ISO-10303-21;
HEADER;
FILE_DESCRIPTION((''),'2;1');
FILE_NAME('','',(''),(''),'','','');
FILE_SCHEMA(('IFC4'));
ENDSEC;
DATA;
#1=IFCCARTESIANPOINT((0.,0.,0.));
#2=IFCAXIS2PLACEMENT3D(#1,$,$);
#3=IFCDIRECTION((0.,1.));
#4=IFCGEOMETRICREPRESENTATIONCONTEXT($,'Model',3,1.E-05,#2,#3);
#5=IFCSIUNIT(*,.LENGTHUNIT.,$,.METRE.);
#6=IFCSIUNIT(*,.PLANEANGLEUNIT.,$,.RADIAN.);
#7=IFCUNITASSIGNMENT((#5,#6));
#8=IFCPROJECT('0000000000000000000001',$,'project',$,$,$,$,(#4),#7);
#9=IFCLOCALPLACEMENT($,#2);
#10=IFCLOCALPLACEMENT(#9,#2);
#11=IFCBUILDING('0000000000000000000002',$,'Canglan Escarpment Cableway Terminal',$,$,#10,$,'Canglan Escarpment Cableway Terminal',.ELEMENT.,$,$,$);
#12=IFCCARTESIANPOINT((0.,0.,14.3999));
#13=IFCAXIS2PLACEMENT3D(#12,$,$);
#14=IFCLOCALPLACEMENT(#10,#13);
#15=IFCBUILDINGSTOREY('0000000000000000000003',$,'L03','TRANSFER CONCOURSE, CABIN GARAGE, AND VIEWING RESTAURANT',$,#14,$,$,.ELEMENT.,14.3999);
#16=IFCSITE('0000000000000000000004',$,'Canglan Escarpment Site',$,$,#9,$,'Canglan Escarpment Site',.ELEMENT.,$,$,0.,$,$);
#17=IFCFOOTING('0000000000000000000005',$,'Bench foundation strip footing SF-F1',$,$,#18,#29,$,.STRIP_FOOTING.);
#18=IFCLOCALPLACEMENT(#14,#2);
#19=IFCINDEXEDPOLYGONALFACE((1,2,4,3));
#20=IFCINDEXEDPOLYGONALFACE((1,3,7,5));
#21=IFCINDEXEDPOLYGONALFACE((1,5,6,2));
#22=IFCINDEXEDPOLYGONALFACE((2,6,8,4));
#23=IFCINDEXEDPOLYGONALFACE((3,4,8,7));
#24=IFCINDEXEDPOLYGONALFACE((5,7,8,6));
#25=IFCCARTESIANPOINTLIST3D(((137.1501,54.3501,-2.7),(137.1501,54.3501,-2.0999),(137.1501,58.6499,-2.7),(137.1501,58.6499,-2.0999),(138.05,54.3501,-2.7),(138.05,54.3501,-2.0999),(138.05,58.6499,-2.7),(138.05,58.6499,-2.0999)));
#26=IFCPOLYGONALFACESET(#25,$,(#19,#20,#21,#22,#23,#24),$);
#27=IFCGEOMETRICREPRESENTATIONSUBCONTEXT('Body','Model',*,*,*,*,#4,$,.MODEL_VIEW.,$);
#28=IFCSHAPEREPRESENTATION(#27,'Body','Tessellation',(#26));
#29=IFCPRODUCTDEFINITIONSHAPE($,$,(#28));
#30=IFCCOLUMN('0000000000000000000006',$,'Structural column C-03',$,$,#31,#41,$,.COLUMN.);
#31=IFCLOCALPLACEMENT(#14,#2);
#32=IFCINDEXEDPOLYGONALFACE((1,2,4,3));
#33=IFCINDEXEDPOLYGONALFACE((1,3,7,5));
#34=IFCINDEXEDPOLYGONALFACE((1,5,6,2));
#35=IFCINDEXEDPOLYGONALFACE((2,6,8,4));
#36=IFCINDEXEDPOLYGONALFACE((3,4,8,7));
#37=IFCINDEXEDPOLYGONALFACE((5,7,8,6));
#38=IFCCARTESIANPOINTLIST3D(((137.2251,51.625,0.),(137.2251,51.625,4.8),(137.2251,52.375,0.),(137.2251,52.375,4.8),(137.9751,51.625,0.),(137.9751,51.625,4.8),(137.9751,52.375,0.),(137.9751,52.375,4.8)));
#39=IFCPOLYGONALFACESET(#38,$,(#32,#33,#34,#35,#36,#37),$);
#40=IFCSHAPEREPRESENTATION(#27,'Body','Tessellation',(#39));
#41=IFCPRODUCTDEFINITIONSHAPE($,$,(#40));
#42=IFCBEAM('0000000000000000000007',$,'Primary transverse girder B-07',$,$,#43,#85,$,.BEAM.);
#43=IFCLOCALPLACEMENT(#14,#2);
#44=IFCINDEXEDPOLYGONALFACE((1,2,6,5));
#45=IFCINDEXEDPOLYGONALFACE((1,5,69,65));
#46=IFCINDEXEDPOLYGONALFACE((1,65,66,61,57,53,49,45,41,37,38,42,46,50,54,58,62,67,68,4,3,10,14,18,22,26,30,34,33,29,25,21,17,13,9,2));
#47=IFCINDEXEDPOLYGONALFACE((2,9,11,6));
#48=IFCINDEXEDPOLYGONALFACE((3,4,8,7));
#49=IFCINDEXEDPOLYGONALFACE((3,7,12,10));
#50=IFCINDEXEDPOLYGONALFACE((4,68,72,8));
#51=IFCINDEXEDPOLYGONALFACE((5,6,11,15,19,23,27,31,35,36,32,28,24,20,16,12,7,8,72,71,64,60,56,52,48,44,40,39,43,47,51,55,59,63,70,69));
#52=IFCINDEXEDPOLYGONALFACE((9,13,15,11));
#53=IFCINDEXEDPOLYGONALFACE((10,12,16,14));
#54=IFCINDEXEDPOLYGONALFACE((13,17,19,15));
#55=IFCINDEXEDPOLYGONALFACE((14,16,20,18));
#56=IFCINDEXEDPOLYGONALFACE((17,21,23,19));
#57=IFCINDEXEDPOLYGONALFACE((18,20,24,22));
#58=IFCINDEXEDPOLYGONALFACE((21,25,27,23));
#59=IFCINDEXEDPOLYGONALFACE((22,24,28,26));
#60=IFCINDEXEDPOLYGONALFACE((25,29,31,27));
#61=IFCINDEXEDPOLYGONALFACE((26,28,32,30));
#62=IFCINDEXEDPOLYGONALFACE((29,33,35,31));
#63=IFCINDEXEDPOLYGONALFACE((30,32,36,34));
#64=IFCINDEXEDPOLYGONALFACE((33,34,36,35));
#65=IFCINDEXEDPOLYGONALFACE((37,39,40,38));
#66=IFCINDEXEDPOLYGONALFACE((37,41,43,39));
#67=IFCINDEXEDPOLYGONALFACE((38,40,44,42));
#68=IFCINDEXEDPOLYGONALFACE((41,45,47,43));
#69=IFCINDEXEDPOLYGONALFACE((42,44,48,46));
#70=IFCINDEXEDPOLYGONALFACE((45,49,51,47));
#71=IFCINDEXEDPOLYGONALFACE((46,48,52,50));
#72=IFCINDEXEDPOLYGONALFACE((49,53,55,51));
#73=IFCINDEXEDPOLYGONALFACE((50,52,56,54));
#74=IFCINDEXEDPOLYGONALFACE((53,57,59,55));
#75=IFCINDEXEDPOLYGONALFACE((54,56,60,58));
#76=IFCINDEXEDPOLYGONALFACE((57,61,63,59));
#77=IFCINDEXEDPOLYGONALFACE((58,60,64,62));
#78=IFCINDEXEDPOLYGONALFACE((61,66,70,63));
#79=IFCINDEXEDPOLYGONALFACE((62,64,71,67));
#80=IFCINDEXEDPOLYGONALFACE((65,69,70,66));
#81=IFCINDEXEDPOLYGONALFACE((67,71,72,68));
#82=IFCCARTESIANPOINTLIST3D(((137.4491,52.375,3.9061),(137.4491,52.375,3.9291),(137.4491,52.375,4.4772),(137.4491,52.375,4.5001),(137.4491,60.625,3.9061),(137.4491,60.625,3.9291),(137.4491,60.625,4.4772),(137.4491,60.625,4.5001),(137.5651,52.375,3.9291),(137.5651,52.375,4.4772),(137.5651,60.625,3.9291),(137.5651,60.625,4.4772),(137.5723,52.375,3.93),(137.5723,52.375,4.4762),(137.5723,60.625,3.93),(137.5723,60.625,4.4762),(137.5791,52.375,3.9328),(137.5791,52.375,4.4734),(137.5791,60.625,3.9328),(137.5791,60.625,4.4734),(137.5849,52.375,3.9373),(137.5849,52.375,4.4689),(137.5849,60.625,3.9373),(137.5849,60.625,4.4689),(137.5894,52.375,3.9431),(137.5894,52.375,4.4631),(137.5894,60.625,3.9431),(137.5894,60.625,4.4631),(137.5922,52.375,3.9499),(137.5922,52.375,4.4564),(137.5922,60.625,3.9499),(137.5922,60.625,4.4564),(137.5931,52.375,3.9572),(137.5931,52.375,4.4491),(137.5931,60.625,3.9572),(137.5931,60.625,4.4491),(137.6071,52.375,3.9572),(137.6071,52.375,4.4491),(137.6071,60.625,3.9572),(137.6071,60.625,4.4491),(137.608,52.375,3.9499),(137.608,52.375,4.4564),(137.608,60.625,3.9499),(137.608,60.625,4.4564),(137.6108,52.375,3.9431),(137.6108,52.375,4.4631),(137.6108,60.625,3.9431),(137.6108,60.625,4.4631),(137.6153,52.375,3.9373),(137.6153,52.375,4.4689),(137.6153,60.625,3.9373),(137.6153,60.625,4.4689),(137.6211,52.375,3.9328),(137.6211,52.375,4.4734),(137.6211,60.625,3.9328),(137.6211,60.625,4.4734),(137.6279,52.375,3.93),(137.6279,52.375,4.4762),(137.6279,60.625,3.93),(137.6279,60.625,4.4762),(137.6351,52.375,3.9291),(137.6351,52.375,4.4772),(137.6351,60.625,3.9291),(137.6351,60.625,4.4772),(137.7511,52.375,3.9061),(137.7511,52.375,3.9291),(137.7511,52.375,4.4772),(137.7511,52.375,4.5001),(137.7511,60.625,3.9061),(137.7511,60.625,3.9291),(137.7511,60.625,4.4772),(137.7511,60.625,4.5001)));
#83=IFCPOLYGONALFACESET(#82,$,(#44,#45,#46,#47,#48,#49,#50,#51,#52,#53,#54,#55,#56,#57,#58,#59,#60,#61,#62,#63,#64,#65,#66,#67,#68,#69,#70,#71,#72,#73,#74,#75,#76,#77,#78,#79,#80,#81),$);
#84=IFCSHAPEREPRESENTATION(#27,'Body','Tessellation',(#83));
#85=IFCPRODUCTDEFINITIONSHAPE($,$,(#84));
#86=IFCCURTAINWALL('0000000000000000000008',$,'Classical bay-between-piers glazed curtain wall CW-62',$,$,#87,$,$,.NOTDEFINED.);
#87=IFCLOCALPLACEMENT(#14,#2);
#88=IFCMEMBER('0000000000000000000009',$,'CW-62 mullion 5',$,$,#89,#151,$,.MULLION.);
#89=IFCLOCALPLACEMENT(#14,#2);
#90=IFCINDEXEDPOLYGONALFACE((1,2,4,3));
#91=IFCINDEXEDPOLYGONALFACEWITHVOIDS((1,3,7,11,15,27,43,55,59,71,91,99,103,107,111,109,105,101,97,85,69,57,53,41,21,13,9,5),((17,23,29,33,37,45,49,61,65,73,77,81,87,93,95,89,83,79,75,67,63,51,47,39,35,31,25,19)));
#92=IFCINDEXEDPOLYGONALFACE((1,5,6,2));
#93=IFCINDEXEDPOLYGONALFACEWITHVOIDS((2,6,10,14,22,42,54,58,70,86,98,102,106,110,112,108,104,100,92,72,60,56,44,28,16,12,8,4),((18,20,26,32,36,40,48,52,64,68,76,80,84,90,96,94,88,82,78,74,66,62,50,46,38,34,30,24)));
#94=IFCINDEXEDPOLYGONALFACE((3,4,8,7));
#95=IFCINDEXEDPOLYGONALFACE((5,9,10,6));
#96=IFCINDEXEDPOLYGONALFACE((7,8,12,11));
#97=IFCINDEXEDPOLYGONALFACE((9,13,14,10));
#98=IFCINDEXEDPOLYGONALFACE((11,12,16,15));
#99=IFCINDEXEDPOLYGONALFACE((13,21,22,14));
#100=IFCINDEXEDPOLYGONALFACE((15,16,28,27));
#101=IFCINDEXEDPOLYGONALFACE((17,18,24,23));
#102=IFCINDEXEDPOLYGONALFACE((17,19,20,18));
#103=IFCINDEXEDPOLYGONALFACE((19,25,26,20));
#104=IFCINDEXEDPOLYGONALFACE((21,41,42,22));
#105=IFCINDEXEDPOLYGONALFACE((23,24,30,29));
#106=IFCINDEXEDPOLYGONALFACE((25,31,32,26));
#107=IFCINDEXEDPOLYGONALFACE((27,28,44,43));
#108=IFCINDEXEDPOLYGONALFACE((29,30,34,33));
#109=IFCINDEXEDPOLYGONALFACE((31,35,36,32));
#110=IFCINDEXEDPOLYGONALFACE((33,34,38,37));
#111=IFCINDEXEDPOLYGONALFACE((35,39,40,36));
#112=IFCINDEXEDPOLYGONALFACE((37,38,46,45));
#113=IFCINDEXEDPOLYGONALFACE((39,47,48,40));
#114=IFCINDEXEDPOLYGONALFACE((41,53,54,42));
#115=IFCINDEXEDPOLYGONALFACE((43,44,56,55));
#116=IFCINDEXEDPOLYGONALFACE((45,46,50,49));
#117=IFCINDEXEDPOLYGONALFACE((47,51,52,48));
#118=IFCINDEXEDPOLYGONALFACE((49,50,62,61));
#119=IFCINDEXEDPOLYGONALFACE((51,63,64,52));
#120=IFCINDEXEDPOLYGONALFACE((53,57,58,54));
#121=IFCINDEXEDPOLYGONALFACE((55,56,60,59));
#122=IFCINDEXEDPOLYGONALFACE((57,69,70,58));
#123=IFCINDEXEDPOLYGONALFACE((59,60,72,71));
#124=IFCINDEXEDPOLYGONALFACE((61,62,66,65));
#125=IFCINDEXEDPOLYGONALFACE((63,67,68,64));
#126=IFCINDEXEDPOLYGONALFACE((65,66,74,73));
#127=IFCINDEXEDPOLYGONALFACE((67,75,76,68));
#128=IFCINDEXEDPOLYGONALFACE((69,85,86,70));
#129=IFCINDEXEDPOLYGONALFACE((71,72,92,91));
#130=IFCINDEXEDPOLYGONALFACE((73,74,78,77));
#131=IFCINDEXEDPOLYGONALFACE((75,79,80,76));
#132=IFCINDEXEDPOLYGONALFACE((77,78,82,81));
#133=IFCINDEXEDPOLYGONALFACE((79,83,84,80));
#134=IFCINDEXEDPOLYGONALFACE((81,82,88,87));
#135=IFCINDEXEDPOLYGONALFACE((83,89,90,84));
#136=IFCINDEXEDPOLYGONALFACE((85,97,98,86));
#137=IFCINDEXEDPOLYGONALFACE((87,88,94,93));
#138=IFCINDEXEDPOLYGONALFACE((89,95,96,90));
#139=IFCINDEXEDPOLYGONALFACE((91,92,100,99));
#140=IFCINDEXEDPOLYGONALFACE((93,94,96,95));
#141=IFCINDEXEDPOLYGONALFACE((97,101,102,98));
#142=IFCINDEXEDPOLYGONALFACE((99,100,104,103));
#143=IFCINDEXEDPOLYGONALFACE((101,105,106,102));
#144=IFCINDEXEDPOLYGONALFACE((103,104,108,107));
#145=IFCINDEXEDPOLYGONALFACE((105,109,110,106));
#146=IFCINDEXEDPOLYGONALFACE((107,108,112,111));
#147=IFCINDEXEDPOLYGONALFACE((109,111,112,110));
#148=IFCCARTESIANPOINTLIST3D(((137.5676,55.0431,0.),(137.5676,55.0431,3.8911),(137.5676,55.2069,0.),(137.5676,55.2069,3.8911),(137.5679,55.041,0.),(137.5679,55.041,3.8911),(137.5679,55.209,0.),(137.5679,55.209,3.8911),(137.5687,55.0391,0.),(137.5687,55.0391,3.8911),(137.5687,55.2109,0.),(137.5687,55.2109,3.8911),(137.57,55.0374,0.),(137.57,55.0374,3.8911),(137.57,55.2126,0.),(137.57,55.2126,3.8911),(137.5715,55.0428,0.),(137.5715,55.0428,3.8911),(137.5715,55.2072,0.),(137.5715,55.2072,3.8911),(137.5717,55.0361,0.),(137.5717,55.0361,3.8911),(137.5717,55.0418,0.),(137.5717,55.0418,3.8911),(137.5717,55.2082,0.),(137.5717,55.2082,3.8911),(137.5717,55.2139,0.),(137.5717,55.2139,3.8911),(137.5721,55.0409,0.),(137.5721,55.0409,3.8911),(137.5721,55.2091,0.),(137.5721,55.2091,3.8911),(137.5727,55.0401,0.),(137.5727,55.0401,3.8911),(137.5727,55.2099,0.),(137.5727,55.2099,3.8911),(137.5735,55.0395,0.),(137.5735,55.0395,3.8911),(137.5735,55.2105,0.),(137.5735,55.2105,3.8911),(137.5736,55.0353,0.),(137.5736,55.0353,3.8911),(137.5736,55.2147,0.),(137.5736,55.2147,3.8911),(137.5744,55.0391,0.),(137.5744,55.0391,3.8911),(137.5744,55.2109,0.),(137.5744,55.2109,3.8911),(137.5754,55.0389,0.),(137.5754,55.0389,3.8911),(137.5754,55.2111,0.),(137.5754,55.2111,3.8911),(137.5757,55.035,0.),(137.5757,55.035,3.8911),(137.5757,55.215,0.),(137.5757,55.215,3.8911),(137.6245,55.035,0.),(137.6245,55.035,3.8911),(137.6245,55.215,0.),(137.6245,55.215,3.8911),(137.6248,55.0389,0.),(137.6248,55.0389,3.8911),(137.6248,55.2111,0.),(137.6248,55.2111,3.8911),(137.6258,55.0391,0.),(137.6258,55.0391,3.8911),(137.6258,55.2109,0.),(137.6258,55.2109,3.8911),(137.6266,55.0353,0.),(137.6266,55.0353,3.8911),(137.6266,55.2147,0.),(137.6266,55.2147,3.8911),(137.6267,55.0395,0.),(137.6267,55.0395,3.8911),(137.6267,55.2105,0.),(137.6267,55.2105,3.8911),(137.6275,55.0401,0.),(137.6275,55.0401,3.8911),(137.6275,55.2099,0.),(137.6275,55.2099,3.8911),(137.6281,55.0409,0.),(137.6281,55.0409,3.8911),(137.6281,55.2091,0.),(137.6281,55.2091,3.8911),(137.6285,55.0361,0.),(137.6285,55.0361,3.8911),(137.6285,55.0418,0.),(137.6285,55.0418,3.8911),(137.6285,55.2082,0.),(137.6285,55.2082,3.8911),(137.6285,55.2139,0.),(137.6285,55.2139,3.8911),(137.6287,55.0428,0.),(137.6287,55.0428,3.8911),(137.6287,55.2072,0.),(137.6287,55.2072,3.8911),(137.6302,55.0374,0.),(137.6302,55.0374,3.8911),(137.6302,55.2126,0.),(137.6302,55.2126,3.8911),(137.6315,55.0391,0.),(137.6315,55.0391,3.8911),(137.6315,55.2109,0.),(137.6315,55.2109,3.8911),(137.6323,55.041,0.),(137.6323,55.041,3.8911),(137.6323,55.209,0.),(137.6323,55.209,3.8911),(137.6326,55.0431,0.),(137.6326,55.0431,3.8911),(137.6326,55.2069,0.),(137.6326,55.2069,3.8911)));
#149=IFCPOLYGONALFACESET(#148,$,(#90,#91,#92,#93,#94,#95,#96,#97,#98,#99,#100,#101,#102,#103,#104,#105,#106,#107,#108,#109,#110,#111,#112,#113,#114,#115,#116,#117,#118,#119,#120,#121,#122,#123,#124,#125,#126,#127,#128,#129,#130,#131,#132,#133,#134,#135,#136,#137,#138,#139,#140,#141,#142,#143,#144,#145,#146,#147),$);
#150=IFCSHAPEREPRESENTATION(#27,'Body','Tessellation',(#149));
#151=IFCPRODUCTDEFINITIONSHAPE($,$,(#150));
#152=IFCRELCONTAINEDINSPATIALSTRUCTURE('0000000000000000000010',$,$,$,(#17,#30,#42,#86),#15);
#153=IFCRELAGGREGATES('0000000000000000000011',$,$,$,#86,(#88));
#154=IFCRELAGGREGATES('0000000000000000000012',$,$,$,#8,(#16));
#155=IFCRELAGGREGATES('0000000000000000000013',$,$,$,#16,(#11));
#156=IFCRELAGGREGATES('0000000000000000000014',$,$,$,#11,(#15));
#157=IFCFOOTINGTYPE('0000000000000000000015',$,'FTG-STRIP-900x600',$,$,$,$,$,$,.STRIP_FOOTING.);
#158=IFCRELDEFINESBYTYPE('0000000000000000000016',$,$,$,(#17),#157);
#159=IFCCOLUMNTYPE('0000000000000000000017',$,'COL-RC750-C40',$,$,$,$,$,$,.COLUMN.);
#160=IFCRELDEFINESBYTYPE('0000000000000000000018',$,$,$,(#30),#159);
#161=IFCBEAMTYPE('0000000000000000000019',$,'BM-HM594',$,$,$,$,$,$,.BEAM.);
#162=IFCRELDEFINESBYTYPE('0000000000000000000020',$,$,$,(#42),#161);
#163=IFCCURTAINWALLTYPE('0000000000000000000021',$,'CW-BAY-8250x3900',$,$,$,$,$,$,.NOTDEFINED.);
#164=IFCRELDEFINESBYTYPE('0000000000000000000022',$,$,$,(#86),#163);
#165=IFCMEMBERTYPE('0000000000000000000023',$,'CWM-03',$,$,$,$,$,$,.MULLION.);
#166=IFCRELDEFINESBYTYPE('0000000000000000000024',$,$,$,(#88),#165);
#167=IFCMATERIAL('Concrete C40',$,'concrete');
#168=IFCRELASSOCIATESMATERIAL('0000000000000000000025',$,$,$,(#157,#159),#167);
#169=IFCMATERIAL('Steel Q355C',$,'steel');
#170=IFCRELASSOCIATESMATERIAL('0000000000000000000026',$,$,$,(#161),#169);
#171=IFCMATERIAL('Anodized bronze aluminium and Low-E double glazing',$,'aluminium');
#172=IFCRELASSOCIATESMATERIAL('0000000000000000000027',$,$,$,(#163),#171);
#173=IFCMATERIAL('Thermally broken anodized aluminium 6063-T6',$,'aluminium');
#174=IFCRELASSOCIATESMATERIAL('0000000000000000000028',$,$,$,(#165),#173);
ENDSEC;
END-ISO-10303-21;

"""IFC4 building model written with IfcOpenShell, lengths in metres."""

from ifc_helpers import new_model, si_unit, direction, frame, origin, origin_2d, place, context, subcontext, project, spatial, rectangle, hollow_rectangle, i_section, extrude, material, material_profile, profile_set, type_object, element, aggregate, save


model = new_model("IFC4")

# Units and contexts
model_context = context("Model", 3, precision=1e-05, world=origin(), true_north=direction((0.0, 1.0)))
body_context = subcontext(model_context, "Body", "Model", "MODEL_VIEW")
ifc_project = project(units=[si_unit("LENGTHUNIT", "METRE"), si_unit("PLANEANGLEUNIT", "RADIAN")], contexts=[model_context])

# Site, building, storey
site_placement = place(None, origin())
site = spatial("IfcSite", under=ifc_project, at=site_placement, Name="Canglan Escarpment Site", LongName="Canglan Escarpment Site", CompositionType="ELEMENT", RefElevation=0.0)
building_placement = place(site_placement, origin())
building = spatial("IfcBuilding", under=site, at=building_placement, Name="Canglan Escarpment Cableway Terminal", LongName="Canglan Escarpment Cableway Terminal", CompositionType="ELEMENT")
storey_placement = place(building_placement, frame((0.0, 0.0, 14.3999)))
storey = spatial("IfcBuildingStorey", under=building, at=storey_placement, Name="L03", Description="TRANSFER CONCOURSE, CABIN GARAGE, AND VIEWING RESTAURANT", CompositionType="ELEMENT", Elevation=14.3999)

# Footing
ifc_material_1 = material(Name="Concrete C40", Category="concrete")
ifc_material_profile_1 = material_profile(ifc_material_1, rectangle(XDim=0.8999, YDim=0.6001, at=origin_2d()), Name="SF 900x600")
ifc_profile_set_1 = profile_set([ifc_material_profile_1], Name="Concrete C40")
footing_type = type_object("IfcFootingType", Name="FTG-STRIP-900x600", PredefinedType="STRIP_FOOTING", material=ifc_profile_set_1)
footing_placement = place(storey_placement, frame((137.6001, 54.3501, -2.3999), z_axis=(0.0, 1.0, 0.0), x_axis=(-1.0, 0.0, 0.0)))
element("IfcFooting", 1, at=footing_placement, inside=storey, type_object=footing_type, Name="Bench foundation strip footing SF-F1", PredefinedType="STRIP_FOOTING", context=body_context, shape_type="SweptSolid", body=[
    extrude(rectangle(XDim=0.8999, YDim=0.6001, at=origin_2d()), origin(), (0.0, 0.0, 1.0), 4.2998),
])

# Column
ifc_material_profile_2 = material_profile(ifc_material_1, rectangle(XDim=0.75, YDim=0.75, at=origin_2d()), Name="RC 750x750")
ifc_profile_set_2 = profile_set([ifc_material_profile_2], Name="Concrete C40")
column_type = type_object("IfcColumnType", Name="COL-RC750-C40", PredefinedType="COLUMN", material=ifc_profile_set_2)
column_placement = place(storey_placement, frame((137.6001, 52.0, 0.0), z_axis=(0.0, 0.0, 1.0), x_axis=(1.0, 0.0, 0.0)))
element("IfcColumn", 2, at=column_placement, inside=storey, type_object=column_type, Name="Structural column C-03", PredefinedType="COLUMN", context=body_context, shape_type="SweptSolid", body=[
    extrude(rectangle(XDim=0.75, YDim=0.75, at=origin_2d()), origin(), (0.0, 0.0, 1.0), 4.8),
])

# Beam
ifc_material_2 = material(Name="Steel Q355C", Category="steel")
ifc_material_profile_3 = material_profile(ifc_material_2, i_section(OverallWidth=0.302, OverallDepth=0.594, WebThickness=0.0139, FlangeThickness=0.0229, FilletRadius=0.0281, at=origin_2d()), Name="HM 594x302x14x23")
ifc_profile_set_3 = profile_set([ifc_material_profile_3], Name="Steel Q355C")
beam_type = type_object("IfcBeamType", Name="BM-HM594", PredefinedType="BEAM", material=ifc_profile_set_3)
beam_placement = place(storey_placement, frame((137.6001, 52.375, 4.2031), z_axis=(0.0, 1.0, 0.0), x_axis=(-1.0, 0.0, 0.0)))
element("IfcBeam", 3, at=beam_placement, inside=storey, type_object=beam_type, Name="Primary transverse girder B-07", PredefinedType="BEAM", context=body_context, shape_type="SweptSolid", body=[
    extrude(i_section(OverallWidth=0.302, OverallDepth=0.594, WebThickness=0.0139, FlangeThickness=0.0229, FilletRadius=0.0281, at=origin_2d()), origin(), (0.0, 0.0, 1.0), 8.25),
])

# Curtain wall, member
ifc_material_3 = material(Name="Anodized bronze aluminium and Low-E double glazing", Category="aluminium")
curtain_wall_type = type_object("IfcCurtainWallType", Name="CW-BAY-8250x3900", PredefinedType="NOTDEFINED", material=ifc_material_3)
curtain_wall_placement = place(storey_placement, origin())
curtain_wall = element("IfcCurtainWall", 4, at=curtain_wall_placement, inside=storey, type_object=curtain_wall_type, Name="Classical bay-between-piers glazed curtain wall CW-62", PredefinedType="NOTDEFINED")
ifc_material_4 = material(Name="Thermally broken anodized aluminium 6063-T6", Category="aluminium")
ifc_material_profile_4 = material_profile(ifc_material_4, hollow_rectangle(XDim=0.0649, YDim=0.1799, WallThickness=0.0039, InnerFilletRadius=0.0039, OuterFilletRadius=0.0081, at=origin_2d()), Name="ALU-MULL 65x180x4")
ifc_profile_set_4 = profile_set([ifc_material_profile_4], Name="Thermally broken anodized aluminium 6063-T6")
member_type_1 = type_object("IfcMemberType", Name="CWM-03", PredefinedType="MULLION", material=ifc_profile_set_4)
member_1_placement = place(storey_placement, frame((137.6001, 55.125, 0.0), z_axis=(0.0, 0.0, 1.0), x_axis=(1.0, 0.0, 0.0)))
member_1 = element("IfcMember", 5, at=member_1_placement, type_object=member_type_1, Name="CW-62 mullion 5", PredefinedType="MULLION", context=body_context, shape_type="SweptSolid", body=[
    extrude(hollow_rectangle(XDim=0.0649, YDim=0.1799, WallThickness=0.0039, InnerFilletRadius=0.0039, OuterFilletRadius=0.0081, at=origin_2d()), origin(), (0.0, 0.0, 1.0), 3.8911),
])
aggregate(curtain_wall, [member_1])

save(model, "model.ifc")
